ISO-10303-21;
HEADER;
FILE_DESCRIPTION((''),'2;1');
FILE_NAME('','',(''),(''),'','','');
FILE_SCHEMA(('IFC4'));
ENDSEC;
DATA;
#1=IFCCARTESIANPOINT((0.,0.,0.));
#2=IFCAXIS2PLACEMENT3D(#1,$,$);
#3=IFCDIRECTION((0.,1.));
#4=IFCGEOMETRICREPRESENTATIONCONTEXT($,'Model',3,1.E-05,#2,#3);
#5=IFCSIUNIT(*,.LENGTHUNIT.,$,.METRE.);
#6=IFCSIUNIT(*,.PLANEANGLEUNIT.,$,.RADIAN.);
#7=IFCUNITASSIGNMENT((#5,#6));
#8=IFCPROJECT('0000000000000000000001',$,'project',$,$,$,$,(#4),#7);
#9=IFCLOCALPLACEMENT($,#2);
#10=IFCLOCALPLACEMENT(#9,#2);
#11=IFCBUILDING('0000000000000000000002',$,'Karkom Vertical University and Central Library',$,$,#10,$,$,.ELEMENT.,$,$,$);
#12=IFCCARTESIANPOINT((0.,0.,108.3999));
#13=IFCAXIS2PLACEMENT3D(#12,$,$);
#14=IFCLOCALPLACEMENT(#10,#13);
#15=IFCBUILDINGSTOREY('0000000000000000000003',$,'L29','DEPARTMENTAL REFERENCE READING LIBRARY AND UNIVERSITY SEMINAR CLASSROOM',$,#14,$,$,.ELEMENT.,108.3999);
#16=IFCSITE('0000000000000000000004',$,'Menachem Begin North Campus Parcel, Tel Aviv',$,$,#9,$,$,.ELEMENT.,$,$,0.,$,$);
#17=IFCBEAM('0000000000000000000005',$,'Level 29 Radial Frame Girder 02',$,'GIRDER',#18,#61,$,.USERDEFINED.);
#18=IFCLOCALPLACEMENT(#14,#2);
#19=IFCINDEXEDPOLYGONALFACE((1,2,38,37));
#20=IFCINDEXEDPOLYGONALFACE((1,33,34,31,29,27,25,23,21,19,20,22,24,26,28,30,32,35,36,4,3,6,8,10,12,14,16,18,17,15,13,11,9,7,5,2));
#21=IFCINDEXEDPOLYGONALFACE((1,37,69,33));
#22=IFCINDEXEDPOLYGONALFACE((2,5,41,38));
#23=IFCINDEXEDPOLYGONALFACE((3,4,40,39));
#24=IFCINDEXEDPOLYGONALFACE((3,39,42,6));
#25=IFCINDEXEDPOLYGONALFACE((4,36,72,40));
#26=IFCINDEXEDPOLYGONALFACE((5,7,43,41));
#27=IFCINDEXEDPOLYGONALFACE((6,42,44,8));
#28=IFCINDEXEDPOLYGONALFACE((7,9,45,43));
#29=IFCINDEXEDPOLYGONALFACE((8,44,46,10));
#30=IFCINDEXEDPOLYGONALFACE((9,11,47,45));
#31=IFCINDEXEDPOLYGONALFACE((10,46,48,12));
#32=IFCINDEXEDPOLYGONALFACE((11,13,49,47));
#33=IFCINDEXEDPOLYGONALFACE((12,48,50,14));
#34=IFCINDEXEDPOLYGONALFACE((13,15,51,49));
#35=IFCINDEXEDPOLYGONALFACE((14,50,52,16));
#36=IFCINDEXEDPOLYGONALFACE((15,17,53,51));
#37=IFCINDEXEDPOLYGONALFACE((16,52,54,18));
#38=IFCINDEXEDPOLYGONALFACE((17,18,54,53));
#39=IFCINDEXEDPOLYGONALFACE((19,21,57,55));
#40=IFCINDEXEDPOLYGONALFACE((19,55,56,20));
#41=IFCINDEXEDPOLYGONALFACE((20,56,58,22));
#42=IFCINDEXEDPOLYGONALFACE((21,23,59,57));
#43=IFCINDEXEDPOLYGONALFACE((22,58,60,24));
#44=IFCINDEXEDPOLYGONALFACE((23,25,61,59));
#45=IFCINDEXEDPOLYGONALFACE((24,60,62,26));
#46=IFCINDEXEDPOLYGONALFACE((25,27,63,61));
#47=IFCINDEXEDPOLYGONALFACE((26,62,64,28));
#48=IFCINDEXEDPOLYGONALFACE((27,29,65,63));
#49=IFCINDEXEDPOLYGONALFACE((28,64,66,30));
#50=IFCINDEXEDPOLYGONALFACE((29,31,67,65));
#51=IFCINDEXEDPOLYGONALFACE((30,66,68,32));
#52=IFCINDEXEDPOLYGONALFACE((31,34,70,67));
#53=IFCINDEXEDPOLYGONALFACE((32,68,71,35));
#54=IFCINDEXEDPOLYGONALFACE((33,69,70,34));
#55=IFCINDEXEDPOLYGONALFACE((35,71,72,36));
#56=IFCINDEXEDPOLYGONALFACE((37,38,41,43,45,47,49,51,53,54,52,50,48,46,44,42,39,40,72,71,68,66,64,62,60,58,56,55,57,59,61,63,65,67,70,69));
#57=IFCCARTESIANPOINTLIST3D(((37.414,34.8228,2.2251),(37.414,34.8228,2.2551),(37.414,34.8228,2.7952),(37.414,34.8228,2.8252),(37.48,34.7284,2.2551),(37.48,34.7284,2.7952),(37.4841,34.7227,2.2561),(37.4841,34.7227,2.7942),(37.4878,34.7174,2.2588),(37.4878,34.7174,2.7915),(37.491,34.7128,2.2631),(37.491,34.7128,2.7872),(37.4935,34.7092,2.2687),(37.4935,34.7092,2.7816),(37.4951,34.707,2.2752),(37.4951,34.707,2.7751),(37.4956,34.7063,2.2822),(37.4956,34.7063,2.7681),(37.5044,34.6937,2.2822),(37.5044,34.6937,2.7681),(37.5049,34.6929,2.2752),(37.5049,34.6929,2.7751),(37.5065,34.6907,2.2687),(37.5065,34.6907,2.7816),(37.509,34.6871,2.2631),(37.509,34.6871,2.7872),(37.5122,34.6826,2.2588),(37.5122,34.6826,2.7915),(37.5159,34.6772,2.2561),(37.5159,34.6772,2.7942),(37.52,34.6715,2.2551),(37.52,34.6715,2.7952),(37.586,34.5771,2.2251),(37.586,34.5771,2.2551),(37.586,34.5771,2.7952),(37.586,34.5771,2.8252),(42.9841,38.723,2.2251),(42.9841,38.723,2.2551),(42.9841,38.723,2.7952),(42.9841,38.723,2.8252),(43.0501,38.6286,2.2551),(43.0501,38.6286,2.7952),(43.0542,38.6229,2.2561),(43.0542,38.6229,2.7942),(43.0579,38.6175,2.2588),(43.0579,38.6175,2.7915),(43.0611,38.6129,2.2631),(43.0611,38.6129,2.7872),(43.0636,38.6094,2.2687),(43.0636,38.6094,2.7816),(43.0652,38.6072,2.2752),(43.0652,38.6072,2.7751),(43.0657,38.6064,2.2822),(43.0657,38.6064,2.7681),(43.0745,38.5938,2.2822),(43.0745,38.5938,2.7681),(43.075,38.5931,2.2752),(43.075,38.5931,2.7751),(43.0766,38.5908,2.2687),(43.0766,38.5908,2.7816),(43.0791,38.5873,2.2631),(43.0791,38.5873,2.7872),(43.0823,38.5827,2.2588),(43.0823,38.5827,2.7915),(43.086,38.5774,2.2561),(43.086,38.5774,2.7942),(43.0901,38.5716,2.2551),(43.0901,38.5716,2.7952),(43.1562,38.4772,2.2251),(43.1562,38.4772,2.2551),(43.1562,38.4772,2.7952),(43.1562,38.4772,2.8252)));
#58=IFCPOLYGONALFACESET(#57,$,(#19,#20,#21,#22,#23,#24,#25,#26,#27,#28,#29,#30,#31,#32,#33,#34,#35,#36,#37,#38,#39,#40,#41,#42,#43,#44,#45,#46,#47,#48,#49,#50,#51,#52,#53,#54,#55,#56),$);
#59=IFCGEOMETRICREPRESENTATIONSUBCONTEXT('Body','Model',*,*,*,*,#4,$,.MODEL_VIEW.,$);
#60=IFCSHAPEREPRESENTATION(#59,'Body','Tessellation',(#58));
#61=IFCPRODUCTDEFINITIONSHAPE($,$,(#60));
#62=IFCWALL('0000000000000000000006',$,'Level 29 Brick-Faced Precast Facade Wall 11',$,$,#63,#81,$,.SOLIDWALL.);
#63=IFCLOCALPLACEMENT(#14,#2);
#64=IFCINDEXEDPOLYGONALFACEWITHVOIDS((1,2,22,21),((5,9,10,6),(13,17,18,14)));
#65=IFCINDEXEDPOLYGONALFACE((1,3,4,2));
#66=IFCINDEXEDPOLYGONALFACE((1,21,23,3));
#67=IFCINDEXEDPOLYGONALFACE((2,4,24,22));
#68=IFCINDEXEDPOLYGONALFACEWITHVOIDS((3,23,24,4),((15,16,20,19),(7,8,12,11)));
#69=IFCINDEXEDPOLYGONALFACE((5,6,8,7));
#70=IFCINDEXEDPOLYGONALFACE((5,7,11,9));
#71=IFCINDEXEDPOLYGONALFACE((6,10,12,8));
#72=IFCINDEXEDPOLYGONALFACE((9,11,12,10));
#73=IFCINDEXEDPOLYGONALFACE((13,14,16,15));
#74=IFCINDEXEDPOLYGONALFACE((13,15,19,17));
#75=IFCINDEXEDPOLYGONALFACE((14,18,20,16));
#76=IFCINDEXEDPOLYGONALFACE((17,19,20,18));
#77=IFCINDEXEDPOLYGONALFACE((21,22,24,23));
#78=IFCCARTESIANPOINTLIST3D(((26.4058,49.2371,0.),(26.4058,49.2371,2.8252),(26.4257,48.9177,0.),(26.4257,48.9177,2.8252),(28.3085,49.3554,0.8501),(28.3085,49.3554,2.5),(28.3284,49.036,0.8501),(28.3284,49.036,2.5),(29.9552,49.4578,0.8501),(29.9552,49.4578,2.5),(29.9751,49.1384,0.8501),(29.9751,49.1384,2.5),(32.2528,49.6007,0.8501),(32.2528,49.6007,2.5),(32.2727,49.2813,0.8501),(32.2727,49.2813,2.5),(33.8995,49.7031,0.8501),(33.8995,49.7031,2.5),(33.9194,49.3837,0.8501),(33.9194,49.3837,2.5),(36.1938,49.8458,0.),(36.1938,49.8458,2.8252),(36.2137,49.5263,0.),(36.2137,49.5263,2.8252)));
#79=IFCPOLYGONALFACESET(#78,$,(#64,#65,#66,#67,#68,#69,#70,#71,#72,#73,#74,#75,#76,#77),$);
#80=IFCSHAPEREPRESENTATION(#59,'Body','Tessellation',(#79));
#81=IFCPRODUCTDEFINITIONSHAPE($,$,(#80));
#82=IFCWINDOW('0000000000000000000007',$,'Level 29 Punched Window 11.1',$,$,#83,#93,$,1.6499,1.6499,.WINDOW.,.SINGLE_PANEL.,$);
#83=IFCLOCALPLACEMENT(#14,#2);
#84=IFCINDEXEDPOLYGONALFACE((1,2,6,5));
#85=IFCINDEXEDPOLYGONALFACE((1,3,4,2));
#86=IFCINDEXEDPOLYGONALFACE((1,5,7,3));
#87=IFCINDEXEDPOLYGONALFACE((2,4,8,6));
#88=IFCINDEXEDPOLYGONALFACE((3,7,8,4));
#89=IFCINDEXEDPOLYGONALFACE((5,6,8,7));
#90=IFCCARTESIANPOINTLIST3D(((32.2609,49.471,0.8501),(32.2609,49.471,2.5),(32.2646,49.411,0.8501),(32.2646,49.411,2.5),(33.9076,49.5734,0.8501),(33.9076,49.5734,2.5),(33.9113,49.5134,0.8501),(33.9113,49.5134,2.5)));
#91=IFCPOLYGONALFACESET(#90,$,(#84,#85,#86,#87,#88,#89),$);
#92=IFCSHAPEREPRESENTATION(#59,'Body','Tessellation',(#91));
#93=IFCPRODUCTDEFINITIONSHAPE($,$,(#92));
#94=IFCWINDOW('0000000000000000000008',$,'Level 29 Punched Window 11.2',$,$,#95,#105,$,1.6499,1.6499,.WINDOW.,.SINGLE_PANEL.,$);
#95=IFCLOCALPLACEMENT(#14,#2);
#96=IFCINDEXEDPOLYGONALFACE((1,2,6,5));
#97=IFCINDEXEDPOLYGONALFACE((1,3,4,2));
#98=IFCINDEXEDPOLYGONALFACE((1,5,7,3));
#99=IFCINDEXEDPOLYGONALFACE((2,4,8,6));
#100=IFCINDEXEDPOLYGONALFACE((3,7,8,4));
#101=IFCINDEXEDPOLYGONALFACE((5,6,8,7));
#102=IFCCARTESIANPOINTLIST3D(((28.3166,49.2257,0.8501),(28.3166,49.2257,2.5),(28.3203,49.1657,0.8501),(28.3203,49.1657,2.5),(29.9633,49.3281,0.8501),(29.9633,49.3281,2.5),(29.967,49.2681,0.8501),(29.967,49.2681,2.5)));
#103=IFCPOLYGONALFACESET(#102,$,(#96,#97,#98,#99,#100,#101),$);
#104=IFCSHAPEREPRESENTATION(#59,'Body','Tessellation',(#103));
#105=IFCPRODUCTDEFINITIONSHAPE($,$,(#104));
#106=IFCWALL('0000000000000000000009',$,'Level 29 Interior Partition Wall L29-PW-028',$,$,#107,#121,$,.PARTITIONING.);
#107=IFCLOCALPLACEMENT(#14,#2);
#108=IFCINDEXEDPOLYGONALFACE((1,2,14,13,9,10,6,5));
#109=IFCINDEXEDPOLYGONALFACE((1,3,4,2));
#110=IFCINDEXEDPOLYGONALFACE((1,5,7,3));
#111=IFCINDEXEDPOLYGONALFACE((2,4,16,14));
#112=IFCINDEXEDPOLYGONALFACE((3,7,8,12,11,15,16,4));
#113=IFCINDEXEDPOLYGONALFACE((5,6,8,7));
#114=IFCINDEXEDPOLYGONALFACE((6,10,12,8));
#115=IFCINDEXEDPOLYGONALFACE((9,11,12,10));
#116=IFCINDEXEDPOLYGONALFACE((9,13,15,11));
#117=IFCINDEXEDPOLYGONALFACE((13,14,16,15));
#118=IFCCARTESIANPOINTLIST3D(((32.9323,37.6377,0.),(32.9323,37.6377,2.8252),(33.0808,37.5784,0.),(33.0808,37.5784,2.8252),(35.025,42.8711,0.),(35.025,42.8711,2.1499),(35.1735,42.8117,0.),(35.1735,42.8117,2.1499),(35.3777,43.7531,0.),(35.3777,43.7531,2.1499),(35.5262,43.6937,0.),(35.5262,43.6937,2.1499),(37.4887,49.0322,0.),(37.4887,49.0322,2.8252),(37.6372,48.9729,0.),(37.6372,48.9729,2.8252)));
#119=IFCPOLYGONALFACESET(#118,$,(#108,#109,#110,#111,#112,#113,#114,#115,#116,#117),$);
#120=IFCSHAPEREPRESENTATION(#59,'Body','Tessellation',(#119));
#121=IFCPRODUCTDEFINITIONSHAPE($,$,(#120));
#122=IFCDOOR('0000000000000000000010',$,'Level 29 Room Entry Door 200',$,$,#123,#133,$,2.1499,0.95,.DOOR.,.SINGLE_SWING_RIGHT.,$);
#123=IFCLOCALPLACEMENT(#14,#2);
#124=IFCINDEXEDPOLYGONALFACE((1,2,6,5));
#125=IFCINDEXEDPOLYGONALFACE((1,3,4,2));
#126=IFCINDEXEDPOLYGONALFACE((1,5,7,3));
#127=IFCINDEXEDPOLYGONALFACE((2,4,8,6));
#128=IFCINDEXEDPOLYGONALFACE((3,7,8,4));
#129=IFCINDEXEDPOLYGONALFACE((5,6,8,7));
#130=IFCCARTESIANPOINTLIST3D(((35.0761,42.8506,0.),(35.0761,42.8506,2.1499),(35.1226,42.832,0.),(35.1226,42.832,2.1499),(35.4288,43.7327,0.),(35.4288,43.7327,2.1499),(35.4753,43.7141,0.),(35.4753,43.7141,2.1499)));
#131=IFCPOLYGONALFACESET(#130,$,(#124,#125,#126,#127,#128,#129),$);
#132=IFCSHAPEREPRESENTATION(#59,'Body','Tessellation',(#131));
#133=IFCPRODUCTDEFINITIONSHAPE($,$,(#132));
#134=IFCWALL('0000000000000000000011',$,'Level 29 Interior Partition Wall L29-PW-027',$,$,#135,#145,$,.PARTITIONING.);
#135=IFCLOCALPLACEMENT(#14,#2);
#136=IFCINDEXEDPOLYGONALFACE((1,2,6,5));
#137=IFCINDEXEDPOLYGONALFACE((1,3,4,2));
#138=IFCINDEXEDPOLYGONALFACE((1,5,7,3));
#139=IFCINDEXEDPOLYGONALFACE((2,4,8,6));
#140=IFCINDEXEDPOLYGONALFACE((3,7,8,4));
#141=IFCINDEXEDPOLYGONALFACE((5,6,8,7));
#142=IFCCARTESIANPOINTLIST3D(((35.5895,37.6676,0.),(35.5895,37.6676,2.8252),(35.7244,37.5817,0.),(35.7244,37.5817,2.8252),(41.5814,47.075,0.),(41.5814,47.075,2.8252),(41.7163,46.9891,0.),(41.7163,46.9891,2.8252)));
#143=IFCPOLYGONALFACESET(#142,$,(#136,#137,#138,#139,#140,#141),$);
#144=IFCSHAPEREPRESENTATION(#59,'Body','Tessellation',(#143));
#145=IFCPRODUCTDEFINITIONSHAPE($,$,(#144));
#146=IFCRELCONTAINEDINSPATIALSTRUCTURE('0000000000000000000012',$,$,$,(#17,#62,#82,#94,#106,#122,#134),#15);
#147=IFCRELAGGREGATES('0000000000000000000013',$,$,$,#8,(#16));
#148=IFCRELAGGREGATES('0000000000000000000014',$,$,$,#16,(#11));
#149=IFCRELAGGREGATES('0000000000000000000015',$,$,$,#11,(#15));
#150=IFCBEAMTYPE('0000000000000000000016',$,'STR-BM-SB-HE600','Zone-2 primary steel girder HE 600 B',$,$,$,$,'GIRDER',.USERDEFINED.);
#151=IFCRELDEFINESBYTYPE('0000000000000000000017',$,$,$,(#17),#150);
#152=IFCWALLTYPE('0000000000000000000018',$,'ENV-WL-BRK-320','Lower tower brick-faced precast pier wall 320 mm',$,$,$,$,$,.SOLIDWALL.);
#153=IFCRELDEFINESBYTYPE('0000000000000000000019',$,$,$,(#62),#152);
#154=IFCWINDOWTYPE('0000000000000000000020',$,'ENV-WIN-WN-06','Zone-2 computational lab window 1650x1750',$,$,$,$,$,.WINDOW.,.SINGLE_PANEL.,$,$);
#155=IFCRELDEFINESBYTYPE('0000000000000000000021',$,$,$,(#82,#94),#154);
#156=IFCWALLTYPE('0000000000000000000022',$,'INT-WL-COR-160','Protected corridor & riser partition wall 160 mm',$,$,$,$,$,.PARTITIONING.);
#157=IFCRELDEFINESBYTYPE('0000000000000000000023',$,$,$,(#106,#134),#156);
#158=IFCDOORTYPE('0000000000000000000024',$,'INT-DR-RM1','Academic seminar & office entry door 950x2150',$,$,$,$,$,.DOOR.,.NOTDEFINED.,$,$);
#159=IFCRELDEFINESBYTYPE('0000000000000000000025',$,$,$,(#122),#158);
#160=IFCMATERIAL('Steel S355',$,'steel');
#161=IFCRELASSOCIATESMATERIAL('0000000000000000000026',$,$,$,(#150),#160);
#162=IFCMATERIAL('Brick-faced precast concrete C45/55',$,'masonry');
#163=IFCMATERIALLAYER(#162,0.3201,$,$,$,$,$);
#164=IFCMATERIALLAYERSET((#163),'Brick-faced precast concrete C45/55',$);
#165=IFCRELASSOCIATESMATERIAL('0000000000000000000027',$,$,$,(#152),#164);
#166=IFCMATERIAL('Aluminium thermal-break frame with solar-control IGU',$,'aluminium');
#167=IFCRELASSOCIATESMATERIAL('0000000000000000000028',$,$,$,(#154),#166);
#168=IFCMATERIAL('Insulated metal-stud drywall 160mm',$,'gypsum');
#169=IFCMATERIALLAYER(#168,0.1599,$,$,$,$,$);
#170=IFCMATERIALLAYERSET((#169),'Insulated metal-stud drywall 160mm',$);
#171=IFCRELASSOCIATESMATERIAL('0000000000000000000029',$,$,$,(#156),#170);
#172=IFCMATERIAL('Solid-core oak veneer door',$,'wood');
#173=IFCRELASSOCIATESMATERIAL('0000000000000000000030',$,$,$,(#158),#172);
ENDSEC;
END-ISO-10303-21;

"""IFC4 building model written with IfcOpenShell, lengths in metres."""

from ifc_helpers import new_model, si_unit, direction, frame, frame_2d, origin, origin_with_axes, origin_2d, place, context, subcontext, project, spatial, rectangle, i_section, extrude, source, transform, mapped, material, layer, layer_set, material_profile, profile_set, type_object, element, fill, save


model = new_model("IFC4")

# Units and contexts
model_context = context("Model", 3, precision=1e-05, world=origin(), true_north=direction((0.0, 1.0)))
body_context = subcontext(model_context, "Body", "Model", "MODEL_VIEW")
ifc_project = project(units=[si_unit("LENGTHUNIT", "METRE"), si_unit("PLANEANGLEUNIT", "RADIAN")], contexts=[model_context])

# Site, building, storey
site_placement = place(None, origin())
site = spatial("IfcSite", under=ifc_project, at=site_placement, Name="Menachem Begin North Campus Parcel, Tel Aviv", CompositionType="ELEMENT", RefElevation=0.0)
building_placement = place(site_placement, origin())
building = spatial("IfcBuilding", under=site, at=building_placement, Name="Karkom Vertical University and Central Library", CompositionType="ELEMENT")
storey_placement = place(building_placement, frame((0.0, 0.0, 108.3999)))
storey = spatial("IfcBuildingStorey", under=building, at=storey_placement, Name="L29", Description="DEPARTMENTAL REFERENCE READING LIBRARY AND UNIVERSITY SEMINAR CLASSROOM", CompositionType="ELEMENT", Elevation=108.3999)

# Beam
ifc_material_1 = material(Name="Steel S355", Category="steel")
ifc_material_profile_1 = material_profile(ifc_material_1, i_section(OverallWidth=0.3, OverallDepth=0.6001, WebThickness=0.0154, FlangeThickness=0.03, FilletRadius=0.0271, at=origin_2d()), Name="HE 600 B")
ifc_profile_set_1 = profile_set([ifc_material_profile_1], Name="Steel S355")
beam_type_1 = type_object("IfcBeamType", Name="STR-BM-SB-HE600", Description="Zone-2 primary steel girder HE 600 B", ElementType="GIRDER", PredefinedType="USERDEFINED", material=ifc_profile_set_1)
shared_shape_1 = source(origin_with_axes(), body_context, "Body", "SweptSolid", [
    extrude(i_section(OverallWidth=0.3, OverallDepth=0.6001, WebThickness=0.0154, FlangeThickness=0.03, FilletRadius=0.0271, at=origin_2d()), origin(), (0.0, 0.0, 1.0), 6.7998),
])
beam_1_placement = place(storey_placement, frame((37.5, 34.7, 2.5251), z_axis=(0.819156, 0.573571, 0.0), x_axis=(-0.573571, 0.819156, 0.0)))
element("IfcBeam", 1, at=beam_1_placement, inside=storey, type_object=beam_type_1, Name="Level 29 Radial Frame Girder 02", ObjectType="GIRDER", PredefinedType="USERDEFINED", context=body_context, shape_type="MappedRepresentation", body=[
    mapped(shared_shape_1, transform((0.0, 0.0, 0.0), scale=1.0)),
])

# Wall, openings, windows
ifc_material_2 = material(Name="Brick-faced precast concrete C45/55", Category="masonry")
ifc_layer_1 = layer(ifc_material_2, 0.3201)
ifc_layer_set_1 = layer_set([ifc_layer_1], Name="Brick-faced precast concrete C45/55")
wall_type_1 = type_object("IfcWallType", Name="ENV-WL-BRK-320", Description="Lower tower brick-faced precast pier wall 320 mm", PredefinedType="SOLIDWALL", material=ifc_layer_set_1)
wall_1_placement = place(storey_placement, frame((36.2036, 49.686, 0.0), z_axis=(0.0, 0.0, 1.0), x_axis=(-0.998072, -0.062062, 0.0)))
wall_1 = element("IfcWall", 2, at=wall_1_placement, inside=storey, type_object=wall_type_1, Name="Level 29 Brick-Faced Precast Facade Wall 11", PredefinedType="SOLIDWALL", context=body_context, shape_type="SweptSolid", body=[
    extrude(rectangle(XDim=9.8069, YDim=0.3201, at=frame_2d((4.9033, 0.0))), origin(), (0.0, 0.0, 1.0), 2.8252),
])
opening_1_placement = place(wall_1_placement, frame((2.2986, 0.0, 0.8501)))
opening_1 = element("IfcOpeningElement", 3, at=opening_1_placement, cuts=wall_1, PredefinedType="OPENING", context=body_context, shape_type="SweptSolid", body=[
    extrude(rectangle(XDim=1.6499, YDim=1.6499, at=frame_2d((0.825, 0.825))), frame((0.0, 0.1699, 0.0), z_axis=(0.0, -1.0, 0.0), x_axis=(1.0, 0.0, 0.0)), (0.0, 0.0, 1.0), 0.3401),
])
opening_2_placement = place(wall_1_placement, frame((6.2505, 0.0, 0.8501)))
opening_2 = element("IfcOpeningElement", 4, at=opening_2_placement, cuts=wall_1, PredefinedType="OPENING", context=body_context, shape_type="SweptSolid", body=[
    extrude(rectangle(XDim=1.6499, YDim=1.6499, at=frame_2d((0.825, 0.825))), frame((0.0, 0.1699, 0.0), z_axis=(0.0, -1.0, 0.0), x_axis=(1.0, 0.0, 0.0)), (0.0, 0.0, 1.0), 0.3401),
])
ifc_material_3 = material(Name="Aluminium thermal-break frame with solar-control IGU", Category="aluminium")
window_type = type_object("IfcWindowType", Name="ENV-WIN-WN-06", Description="Zone-2 computational lab window 1650x1750", PartitioningType="SINGLE_PANEL", PredefinedType="WINDOW", material=ifc_material_3)
shared_shape_2 = source(origin_with_axes(), body_context, "Body", "SweptSolid", [
    extrude(rectangle(XDim=1.6499, YDim=1.6499, at=frame_2d((0.825, 0.825))), frame((0.0, 0.03, 0.0), z_axis=(0.0, -1.0, 0.0), x_axis=(1.0, 0.0, 0.0)), (0.0, 0.0, 1.0), 0.0601),
])
window_1_placement = place(opening_1_placement, origin())
window_1 = element("IfcWindow", 5, at=window_1_placement, inside=storey, type_object=window_type, Name="Level 29 Punched Window 11.1", OverallHeight=1.6499, OverallWidth=1.6499, PartitioningType="SINGLE_PANEL", PredefinedType="WINDOW", context=body_context, shape_type="MappedRepresentation", body=[
    mapped(shared_shape_2, transform((0.0, 0.0, 0.0), scale=1.0)),
])
fill(opening_1, window_1)
window_2_placement = place(opening_2_placement, origin())
window_2 = element("IfcWindow", 6, at=window_2_placement, inside=storey, type_object=window_type, Name="Level 29 Punched Window 11.2", OverallHeight=1.6499, OverallWidth=1.6499, PartitioningType="SINGLE_PANEL", PredefinedType="WINDOW", context=body_context, shape_type="MappedRepresentation", body=[
    mapped(shared_shape_2, transform((0.0, 0.0, 0.0), scale=1.0)),
])
fill(opening_2, window_2)

# Wall, opening, door
ifc_material_4 = material(Name="Insulated metal-stud drywall 160mm", Category="gypsum")
ifc_layer_2 = layer(ifc_material_4, 0.1599)
ifc_layer_set_2 = layer_set([ifc_layer_2], Name="Insulated metal-stud drywall 160mm")
wall_type_2 = type_object("IfcWallType", Name="INT-WL-COR-160", Description="Protected corridor & riser partition wall 160 mm", PredefinedType="PARTITIONING", material=ifc_layer_set_2)
wall_2_placement = place(storey_placement, frame((33.0066, 37.6082, 0.0), z_axis=(0.0, 0.0, 1.0), x_axis=(0.371291, 0.928516, 0.0)))
wall_2 = element("IfcWall", 7, at=wall_2_placement, inside=storey, type_object=wall_type_2, Name="Level 29 Interior Partition Wall L29-PW-028", PredefinedType="PARTITIONING", context=body_context, shape_type="SweptSolid", body=[
    extrude(rectangle(XDim=12.2717, YDim=0.1599, at=frame_2d((6.1357, 0.0))), origin(), (0.0, 0.0, 1.0), 2.8252),
])
opening_3_placement = place(wall_2_placement, frame((5.636, 0.0, 0.0)))
opening_3 = element("IfcOpeningElement", 8, at=opening_3_placement, cuts=wall_2, PredefinedType="OPENING", context=body_context, shape_type="SweptSolid", body=[
    extrude(rectangle(XDim=0.95, YDim=2.1499, at=frame_2d((0.4751, 1.075))), frame((0.0, 0.0898, 0.0), z_axis=(0.0, -1.0, 0.0), x_axis=(1.0, 0.0, 0.0)), (0.0, 0.0, 1.0), 0.1799),
])
ifc_material_5 = material(Name="Solid-core oak veneer door", Category="wood")
door_type_1 = type_object("IfcDoorType", Name="INT-DR-RM1", Description="Academic seminar & office entry door 950x2150", OperationType="NOTDEFINED", PredefinedType="DOOR", material=ifc_material_5)
shared_shape_3 = source(origin_with_axes(), body_context, "Body", "SweptSolid", [
    extrude(rectangle(XDim=0.95, YDim=2.1499, at=frame_2d((0.4751, 1.075))), frame((0.0, 0.0249, 0.0), z_axis=(0.0, -1.0, 0.0), x_axis=(1.0, 0.0, 0.0)), (0.0, 0.0, 1.0), 0.05),
])
door_1_placement = place(opening_3_placement, origin())
door_1 = element("IfcDoor", 9, at=door_1_placement, inside=storey, type_object=door_type_1, Name="Level 29 Room Entry Door 200", OperationType="SINGLE_SWING_RIGHT", OverallHeight=2.1499, OverallWidth=0.95, PredefinedType="DOOR", context=body_context, shape_type="MappedRepresentation", body=[
    mapped(shared_shape_3, transform((0.0, 0.0, 0.0), scale=1.0)),
])
fill(opening_3, door_1)

# Wall
wall_3_placement = place(storey_placement, frame((35.657, 37.6248, 0.0), z_axis=(0.0, 0.0, 1.0), x_axis=(0.537218, 0.843443, 0.0)))
element("IfcWall", 10, at=wall_3_placement, inside=storey, type_object=wall_type_2, Name="Level 29 Interior Partition Wall L29-PW-027", PredefinedType="PARTITIONING", context=body_context, shape_type="SweptSolid", body=[
    extrude(rectangle(XDim=11.1536, YDim=0.1599, at=frame_2d((5.5767, 0.0))), origin(), (0.0, 0.0, 1.0), 2.8252),
])

save(model, "model.ifc")
